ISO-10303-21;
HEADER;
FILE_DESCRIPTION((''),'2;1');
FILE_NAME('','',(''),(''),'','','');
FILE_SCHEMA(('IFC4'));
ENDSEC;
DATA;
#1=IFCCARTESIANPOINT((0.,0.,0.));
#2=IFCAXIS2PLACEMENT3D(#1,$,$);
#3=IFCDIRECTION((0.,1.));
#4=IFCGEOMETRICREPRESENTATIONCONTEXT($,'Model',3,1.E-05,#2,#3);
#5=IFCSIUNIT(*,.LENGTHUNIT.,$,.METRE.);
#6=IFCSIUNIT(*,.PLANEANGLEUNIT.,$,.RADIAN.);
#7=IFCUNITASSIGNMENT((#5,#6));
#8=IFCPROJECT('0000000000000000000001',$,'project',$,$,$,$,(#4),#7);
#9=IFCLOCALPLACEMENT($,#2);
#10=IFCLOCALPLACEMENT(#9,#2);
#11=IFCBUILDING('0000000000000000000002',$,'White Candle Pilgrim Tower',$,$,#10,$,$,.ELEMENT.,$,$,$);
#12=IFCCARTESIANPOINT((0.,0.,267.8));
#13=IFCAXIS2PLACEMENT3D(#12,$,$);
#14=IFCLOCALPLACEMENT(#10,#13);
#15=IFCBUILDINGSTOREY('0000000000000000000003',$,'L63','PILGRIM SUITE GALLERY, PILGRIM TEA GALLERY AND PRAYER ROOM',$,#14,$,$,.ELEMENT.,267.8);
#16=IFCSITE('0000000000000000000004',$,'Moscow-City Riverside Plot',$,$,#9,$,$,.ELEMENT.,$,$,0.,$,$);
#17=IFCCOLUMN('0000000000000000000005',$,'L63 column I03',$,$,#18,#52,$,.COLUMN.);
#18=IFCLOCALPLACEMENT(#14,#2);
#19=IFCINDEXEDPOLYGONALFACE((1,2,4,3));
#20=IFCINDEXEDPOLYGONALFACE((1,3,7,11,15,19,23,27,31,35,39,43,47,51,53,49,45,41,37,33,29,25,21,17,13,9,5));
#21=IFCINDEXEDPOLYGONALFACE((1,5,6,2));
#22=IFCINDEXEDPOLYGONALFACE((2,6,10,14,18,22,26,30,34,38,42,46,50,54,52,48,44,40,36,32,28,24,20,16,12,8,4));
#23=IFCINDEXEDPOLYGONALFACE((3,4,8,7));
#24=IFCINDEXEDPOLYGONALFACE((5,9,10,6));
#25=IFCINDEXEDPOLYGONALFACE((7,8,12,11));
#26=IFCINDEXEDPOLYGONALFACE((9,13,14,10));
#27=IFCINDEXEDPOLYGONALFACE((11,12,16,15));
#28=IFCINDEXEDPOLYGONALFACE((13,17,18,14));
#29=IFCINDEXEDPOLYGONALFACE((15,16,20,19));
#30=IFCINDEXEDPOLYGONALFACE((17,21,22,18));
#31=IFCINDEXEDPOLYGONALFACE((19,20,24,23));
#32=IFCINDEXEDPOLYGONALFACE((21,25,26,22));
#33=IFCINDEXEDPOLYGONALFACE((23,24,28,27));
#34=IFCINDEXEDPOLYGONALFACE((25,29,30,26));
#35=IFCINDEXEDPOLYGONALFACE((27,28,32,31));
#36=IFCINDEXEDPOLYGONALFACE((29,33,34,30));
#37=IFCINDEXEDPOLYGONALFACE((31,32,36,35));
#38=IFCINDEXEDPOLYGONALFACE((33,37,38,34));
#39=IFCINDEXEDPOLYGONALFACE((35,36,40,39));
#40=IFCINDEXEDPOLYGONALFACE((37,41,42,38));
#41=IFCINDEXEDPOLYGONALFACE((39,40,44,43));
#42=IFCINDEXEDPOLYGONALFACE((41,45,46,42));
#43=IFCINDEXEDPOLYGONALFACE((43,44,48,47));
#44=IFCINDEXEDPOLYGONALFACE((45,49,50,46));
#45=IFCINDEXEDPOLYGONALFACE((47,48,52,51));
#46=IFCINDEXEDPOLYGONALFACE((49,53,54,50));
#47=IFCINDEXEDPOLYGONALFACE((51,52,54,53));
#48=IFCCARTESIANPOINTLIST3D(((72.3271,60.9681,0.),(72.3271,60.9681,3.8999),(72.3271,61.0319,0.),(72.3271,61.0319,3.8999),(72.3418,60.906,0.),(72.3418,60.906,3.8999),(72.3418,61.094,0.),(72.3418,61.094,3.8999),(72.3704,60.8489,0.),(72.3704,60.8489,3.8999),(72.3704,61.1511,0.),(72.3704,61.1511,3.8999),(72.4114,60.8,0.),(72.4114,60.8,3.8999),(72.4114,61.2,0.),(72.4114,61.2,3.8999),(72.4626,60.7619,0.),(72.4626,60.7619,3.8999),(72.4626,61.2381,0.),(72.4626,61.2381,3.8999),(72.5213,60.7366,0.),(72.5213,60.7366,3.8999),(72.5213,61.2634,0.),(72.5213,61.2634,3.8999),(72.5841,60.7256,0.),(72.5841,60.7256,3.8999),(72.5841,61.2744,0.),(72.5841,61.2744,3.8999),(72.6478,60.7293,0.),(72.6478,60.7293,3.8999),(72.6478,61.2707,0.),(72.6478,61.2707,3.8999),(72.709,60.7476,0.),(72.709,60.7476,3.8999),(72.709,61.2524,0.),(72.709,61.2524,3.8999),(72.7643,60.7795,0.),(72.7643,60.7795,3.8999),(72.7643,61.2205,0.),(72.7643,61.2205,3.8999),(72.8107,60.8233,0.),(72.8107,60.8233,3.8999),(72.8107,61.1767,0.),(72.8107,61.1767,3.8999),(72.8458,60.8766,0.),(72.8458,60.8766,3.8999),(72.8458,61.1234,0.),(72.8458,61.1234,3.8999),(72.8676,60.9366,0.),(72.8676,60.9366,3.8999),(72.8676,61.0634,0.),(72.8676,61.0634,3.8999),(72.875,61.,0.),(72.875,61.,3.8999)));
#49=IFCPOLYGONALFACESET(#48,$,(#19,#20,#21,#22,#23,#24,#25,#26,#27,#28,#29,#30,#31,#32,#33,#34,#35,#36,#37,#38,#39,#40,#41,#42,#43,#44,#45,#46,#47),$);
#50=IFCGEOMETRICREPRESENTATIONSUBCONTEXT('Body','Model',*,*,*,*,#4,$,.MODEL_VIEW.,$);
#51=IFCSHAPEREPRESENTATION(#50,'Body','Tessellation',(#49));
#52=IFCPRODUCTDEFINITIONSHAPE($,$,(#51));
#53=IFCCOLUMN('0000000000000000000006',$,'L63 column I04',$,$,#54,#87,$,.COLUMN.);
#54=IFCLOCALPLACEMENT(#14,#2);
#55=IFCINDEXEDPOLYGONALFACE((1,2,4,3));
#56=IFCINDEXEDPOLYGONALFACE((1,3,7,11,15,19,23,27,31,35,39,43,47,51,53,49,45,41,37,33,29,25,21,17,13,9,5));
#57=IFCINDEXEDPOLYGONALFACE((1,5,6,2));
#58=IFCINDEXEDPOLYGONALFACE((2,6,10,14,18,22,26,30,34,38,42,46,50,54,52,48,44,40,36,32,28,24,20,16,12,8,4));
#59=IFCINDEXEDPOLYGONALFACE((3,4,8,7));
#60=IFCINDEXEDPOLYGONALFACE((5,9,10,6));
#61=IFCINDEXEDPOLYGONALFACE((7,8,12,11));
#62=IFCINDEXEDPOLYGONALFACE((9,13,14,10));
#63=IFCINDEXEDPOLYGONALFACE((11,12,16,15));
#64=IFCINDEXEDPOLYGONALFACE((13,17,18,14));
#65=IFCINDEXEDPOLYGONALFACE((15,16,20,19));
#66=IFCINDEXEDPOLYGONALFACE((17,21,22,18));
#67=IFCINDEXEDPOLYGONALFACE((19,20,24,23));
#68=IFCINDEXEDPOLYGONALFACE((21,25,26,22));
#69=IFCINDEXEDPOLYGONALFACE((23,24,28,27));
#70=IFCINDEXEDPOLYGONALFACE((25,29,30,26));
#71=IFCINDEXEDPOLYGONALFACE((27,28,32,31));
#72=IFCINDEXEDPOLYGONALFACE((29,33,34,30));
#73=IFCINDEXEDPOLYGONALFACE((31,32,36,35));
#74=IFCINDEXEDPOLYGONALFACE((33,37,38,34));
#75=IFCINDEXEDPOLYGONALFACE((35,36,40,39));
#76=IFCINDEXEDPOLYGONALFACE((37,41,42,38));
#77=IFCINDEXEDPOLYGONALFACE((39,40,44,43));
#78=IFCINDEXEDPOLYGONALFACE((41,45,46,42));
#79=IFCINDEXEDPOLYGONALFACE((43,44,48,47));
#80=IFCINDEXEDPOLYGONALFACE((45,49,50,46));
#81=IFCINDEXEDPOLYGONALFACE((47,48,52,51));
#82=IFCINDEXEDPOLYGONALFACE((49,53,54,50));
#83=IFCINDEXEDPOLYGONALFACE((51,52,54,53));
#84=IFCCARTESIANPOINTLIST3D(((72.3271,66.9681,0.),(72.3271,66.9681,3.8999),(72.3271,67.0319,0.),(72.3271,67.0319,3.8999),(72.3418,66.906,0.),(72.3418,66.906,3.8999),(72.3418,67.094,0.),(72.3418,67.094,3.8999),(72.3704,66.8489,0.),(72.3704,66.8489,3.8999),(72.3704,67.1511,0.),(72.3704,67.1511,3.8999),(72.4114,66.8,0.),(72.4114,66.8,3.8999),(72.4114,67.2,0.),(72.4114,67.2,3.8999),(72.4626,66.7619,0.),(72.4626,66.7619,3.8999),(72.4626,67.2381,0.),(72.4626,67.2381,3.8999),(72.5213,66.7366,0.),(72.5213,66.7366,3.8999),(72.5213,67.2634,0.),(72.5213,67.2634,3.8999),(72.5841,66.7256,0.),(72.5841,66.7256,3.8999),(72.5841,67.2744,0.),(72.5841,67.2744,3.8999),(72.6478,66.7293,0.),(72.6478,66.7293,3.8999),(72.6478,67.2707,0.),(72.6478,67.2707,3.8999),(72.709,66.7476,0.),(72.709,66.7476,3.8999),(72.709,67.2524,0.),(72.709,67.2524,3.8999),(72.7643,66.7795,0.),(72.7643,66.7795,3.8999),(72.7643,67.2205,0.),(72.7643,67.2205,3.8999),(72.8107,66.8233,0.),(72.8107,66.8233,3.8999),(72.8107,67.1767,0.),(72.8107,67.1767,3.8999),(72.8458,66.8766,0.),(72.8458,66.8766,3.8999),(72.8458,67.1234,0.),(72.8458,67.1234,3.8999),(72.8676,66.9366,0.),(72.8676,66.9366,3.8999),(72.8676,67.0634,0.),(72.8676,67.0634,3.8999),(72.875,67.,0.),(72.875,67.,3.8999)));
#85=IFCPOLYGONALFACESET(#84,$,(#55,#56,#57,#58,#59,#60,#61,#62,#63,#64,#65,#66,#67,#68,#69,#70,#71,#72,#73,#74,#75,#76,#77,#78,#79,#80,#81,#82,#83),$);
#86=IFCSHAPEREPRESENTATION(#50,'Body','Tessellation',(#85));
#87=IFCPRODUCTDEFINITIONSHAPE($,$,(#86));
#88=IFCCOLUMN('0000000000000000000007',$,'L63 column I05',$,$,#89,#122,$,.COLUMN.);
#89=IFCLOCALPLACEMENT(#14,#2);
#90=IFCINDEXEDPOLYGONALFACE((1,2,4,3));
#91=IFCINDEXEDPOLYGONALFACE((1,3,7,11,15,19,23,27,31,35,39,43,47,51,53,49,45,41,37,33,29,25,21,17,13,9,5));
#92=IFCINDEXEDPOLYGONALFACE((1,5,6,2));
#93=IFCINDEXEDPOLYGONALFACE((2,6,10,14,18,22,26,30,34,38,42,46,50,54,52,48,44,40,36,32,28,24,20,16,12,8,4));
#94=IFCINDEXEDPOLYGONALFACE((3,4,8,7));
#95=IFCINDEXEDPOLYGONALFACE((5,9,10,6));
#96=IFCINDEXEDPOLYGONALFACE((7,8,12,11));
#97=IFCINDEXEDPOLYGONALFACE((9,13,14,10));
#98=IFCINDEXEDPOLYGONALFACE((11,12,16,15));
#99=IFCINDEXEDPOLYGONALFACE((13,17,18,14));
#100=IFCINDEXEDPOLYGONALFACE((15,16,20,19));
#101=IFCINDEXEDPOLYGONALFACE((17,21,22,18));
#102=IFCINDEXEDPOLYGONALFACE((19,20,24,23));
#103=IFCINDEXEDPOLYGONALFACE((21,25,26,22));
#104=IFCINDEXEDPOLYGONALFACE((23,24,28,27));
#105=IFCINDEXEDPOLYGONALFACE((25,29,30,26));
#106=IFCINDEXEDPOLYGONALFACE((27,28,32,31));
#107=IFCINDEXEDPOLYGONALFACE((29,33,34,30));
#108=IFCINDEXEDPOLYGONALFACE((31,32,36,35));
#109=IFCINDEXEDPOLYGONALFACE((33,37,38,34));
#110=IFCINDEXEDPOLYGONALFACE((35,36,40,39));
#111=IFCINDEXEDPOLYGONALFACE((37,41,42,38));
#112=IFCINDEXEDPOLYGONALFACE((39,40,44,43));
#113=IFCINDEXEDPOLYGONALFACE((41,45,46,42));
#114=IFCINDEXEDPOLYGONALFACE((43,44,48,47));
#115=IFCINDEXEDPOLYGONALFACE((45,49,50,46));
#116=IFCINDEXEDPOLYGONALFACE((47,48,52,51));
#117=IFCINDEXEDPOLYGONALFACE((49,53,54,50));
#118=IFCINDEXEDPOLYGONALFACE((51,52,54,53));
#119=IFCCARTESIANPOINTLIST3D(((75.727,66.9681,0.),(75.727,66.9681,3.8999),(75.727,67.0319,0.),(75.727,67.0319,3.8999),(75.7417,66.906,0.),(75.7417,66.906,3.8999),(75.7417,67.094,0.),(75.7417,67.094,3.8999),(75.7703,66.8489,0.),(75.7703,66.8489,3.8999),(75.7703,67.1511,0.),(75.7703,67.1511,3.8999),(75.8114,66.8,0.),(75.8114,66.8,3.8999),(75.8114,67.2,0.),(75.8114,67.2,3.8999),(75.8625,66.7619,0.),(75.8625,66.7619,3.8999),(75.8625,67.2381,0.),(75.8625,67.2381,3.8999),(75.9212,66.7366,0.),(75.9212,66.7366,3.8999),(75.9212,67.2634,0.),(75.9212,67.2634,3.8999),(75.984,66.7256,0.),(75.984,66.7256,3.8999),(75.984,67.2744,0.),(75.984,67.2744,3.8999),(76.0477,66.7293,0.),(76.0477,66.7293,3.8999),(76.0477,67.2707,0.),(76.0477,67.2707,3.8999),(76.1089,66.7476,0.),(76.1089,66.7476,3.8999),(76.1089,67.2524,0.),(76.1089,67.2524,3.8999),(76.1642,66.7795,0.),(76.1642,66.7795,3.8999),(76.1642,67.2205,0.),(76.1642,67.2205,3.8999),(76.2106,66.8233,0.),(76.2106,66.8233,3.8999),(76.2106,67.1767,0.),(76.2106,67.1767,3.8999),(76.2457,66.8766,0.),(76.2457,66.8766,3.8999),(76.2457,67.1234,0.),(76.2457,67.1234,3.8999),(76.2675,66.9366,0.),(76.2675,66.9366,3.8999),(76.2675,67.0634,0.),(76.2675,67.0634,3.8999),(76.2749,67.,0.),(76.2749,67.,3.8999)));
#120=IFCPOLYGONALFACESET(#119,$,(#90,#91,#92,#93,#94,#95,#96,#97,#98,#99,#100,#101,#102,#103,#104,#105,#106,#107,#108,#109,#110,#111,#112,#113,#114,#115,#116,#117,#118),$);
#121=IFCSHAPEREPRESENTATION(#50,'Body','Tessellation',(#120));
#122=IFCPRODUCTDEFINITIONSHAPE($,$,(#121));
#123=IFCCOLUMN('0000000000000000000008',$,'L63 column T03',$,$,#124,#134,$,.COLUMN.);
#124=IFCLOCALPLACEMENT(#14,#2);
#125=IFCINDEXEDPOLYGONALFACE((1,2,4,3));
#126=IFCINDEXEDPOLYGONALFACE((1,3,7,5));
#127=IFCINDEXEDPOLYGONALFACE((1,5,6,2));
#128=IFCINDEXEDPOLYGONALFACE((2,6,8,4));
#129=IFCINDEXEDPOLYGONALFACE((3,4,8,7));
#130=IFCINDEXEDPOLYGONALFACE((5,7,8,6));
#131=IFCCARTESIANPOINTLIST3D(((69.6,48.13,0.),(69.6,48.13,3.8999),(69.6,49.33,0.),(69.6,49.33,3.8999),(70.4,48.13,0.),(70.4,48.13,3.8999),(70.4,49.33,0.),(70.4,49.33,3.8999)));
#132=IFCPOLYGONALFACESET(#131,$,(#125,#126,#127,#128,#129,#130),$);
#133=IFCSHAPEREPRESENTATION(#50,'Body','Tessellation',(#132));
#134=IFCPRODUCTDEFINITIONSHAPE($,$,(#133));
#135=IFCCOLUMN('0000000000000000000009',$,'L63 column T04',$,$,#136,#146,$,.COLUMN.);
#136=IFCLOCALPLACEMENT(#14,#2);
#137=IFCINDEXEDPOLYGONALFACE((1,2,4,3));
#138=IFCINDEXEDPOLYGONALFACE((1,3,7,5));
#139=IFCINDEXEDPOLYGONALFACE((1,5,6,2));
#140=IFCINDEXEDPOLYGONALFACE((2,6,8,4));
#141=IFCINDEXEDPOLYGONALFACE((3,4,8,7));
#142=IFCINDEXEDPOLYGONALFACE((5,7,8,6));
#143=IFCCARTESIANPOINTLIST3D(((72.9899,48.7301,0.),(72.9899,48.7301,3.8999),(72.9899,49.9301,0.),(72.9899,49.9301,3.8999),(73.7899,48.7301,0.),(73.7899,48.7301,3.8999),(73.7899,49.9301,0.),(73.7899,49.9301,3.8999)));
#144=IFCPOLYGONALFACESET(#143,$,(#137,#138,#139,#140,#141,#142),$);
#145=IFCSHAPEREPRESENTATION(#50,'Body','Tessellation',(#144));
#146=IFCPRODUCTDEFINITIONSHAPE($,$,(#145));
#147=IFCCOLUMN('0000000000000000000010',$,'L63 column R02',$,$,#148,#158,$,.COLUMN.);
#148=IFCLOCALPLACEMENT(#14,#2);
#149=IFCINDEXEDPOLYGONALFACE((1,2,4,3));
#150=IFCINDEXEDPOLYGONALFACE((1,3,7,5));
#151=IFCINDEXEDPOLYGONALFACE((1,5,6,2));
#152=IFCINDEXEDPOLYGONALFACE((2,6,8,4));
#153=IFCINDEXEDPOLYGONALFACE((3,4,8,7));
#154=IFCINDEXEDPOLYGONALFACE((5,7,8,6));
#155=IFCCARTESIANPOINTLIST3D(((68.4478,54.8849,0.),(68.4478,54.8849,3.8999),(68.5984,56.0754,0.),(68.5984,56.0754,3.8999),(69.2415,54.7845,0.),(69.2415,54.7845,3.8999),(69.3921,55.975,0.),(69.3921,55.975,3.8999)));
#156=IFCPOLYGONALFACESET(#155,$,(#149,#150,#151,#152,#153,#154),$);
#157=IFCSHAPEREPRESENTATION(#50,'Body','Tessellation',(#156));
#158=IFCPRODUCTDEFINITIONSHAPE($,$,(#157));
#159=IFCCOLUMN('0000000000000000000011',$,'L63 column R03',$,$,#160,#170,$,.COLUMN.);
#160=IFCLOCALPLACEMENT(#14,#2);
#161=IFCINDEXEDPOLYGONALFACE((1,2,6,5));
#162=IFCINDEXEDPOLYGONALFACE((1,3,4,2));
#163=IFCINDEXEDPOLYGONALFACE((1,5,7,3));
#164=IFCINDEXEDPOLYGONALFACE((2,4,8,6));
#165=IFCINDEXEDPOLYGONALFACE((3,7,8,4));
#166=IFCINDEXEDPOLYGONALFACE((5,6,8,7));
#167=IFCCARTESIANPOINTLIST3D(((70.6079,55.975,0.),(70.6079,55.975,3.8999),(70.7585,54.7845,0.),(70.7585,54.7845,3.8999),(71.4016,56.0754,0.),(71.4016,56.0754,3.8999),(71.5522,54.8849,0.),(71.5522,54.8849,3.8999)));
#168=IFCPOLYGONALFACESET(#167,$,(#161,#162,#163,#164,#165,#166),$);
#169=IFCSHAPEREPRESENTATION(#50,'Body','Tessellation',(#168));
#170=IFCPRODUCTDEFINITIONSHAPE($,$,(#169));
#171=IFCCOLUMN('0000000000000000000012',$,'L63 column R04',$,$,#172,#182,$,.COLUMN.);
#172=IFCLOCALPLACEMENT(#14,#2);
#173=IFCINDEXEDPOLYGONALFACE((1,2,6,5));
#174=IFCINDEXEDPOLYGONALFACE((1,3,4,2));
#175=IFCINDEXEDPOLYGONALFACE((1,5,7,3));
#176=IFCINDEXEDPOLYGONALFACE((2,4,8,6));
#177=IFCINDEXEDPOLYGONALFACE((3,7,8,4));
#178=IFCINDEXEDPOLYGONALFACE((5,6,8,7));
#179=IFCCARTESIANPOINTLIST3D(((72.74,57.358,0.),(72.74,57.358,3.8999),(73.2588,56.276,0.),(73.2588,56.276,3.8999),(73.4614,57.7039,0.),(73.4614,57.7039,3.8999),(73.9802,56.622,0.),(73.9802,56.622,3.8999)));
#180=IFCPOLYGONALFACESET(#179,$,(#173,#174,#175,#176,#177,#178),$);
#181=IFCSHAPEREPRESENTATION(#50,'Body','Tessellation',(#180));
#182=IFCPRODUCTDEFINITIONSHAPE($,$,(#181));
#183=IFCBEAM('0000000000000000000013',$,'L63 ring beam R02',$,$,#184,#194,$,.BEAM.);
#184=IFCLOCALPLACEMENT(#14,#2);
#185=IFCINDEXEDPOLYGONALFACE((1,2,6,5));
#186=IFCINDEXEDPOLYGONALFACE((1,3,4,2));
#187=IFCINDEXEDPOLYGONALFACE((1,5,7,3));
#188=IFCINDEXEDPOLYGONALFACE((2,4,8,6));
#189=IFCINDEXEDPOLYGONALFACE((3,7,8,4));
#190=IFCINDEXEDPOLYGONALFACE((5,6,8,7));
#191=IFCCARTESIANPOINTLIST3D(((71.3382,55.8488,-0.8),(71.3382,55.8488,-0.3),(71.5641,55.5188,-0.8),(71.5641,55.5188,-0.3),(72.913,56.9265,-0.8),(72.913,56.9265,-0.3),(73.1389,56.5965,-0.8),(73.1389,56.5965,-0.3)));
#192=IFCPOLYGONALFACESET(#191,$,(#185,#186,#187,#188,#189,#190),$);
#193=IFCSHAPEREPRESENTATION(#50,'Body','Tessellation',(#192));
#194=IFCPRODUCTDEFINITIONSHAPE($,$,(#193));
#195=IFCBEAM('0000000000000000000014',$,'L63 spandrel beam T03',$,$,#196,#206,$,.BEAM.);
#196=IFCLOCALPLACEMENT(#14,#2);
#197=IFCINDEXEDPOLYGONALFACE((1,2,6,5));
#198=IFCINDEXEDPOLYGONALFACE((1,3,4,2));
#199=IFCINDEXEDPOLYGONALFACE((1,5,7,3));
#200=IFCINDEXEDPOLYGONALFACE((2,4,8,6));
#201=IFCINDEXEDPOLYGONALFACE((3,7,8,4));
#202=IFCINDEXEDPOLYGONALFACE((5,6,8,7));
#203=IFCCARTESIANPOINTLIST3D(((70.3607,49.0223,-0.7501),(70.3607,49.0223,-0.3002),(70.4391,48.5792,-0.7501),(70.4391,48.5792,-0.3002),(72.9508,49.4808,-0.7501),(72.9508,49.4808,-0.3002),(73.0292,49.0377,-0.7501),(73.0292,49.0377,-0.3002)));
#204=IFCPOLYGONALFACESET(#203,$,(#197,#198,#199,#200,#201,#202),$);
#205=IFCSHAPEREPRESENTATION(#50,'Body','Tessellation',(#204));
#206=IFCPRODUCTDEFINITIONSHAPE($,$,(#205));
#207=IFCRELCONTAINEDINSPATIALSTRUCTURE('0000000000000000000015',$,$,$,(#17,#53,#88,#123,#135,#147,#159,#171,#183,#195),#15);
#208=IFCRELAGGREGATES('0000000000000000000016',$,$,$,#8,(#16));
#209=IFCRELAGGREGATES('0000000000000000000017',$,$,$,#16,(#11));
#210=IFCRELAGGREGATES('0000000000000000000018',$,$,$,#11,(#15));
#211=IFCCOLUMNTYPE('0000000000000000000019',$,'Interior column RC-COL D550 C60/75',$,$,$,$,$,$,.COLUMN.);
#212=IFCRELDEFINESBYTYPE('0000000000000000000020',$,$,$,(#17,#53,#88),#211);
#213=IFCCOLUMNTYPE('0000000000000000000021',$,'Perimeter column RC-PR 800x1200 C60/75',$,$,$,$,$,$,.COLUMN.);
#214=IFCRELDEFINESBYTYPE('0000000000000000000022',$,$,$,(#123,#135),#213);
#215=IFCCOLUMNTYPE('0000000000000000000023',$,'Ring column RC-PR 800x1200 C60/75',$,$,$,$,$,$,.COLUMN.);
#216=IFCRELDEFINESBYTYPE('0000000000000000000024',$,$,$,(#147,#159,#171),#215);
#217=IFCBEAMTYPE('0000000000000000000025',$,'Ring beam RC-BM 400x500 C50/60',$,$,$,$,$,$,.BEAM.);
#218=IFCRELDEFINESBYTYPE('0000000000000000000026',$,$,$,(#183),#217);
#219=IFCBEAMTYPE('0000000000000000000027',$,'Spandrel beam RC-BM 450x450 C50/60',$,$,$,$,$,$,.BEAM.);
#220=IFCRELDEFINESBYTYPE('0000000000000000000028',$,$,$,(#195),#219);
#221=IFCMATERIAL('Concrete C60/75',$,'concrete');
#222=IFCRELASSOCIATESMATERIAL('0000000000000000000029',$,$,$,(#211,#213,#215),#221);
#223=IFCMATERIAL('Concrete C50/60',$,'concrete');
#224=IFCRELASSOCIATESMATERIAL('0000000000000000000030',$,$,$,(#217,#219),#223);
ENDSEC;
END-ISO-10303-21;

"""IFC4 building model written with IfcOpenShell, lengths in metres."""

from ifc_helpers import new_model, si_unit, direction, frame, origin, origin_2d, place, context, subcontext, project, spatial, rectangle, circle, extrude, material, material_profile, profile_set, type_object, element, save


model = new_model("IFC4")

# Units and contexts
model_context = context("Model", 3, precision=1e-05, world=origin(), true_north=direction((0.0, 1.0)))
body_context = subcontext(model_context, "Body", "Model", "MODEL_VIEW")
ifc_project = project(units=[si_unit("LENGTHUNIT", "METRE"), si_unit("PLANEANGLEUNIT", "RADIAN")], contexts=[model_context])

# Site, building, storey
site_placement = place(None, origin())
site = spatial("IfcSite", under=ifc_project, at=site_placement, Name="Moscow-City Riverside Plot", CompositionType="ELEMENT", RefElevation=0.0)
building_placement = place(site_placement, origin())
building = spatial("IfcBuilding", under=site, at=building_placement, Name="White Candle Pilgrim Tower", CompositionType="ELEMENT")
storey_placement = place(building_placement, frame((0.0, 0.0, 267.8)))
storey = spatial("IfcBuildingStorey", under=building, at=storey_placement, Name="L63", Description="PILGRIM SUITE GALLERY, PILGRIM TEA GALLERY AND PRAYER ROOM", CompositionType="ELEMENT", Elevation=267.8)

# Columns
ifc_material_1 = material(Name="Concrete C60/75", Category="concrete")
ifc_material_profile_1 = material_profile(ifc_material_1, circle(Radius=0.2749, at=origin_2d()), Name="RC-COL D550")
ifc_profile_set_1 = profile_set([ifc_material_profile_1], Name="Concrete C60/75")
column_type_1 = type_object("IfcColumnType", Name="Interior column RC-COL D550 C60/75", PredefinedType="COLUMN", material=ifc_profile_set_1)
for number, where, z_axis, x_axis, name in (
    (1, (72.6001, 61.0, 0.0), (0.0, 0.0, 1.0), (1.0, 0.0, 0.0), "L63 column I03"),
    (2, (72.6001, 67.0, 0.0), (0.0, 0.0, 1.0), (1.0, 0.0, 0.0), "L63 column I04"),
    (3, (76.0, 67.0, 0.0), (0.0, 0.0, 1.0), (1.0, 0.0, 0.0), "L63 column I05"),
):
    element("IfcColumn", number, at=place(storey_placement, frame(where, z_axis=z_axis, x_axis=x_axis)), inside=storey, type_object=column_type_1, Name=name, PredefinedType="COLUMN", context=body_context, shape_type="SweptSolid", body=[
        extrude(circle(Radius=0.2749, at=origin_2d()), origin(), (0.0, 0.0, 1.0), 3.8999),
    ])
ifc_material_profile_2 = material_profile(ifc_material_1, rectangle(XDim=0.8, YDim=1.2, at=origin_2d()), Name="RC-PR 800x1200")
ifc_profile_set_2 = profile_set([ifc_material_profile_2], Name="Concrete C60/75")
column_type_2 = type_object("IfcColumnType", Name="Perimeter column RC-PR 800x1200 C60/75", PredefinedType="COLUMN", material=ifc_profile_set_2)
for number, where, z_axis, x_axis, name in (
    (4, (70.0, 48.73, 0.0), (0.0, 0.0, 1.0), (-1.0, 0.0, 0.0), "L63 column T03"),
    (5, (73.3899, 49.3301, 0.0), (0.0, 0.0, 1.0), (-1.0, 0.0, 0.0), "L63 column T04"),
):
    element("IfcColumn", number, at=place(storey_placement, frame(where, z_axis=z_axis, x_axis=x_axis)), inside=storey, type_object=column_type_2, Name=name, PredefinedType="COLUMN", context=body_context, shape_type="SweptSolid", body=[
        extrude(rectangle(XDim=0.8, YDim=1.2, at=origin_2d()), origin(), (0.0, 0.0, 1.0), 3.8999),
    ])
ifc_material_profile_3 = material_profile(ifc_material_1, rectangle(XDim=0.8, YDim=1.2, at=origin_2d()), Name="RC-PR 800x1200")
ifc_profile_set_3 = profile_set([ifc_material_profile_3], Name="Concrete C60/75")
column_type_3 = type_object("IfcColumnType", Name="Ring column RC-PR 800x1200 C60/75", PredefinedType="COLUMN", material=ifc_profile_set_3)
for number, where, z_axis, x_axis, name in (
    (6, (68.9199, 55.4299, 0.0), (0.0, 0.0, 1.0), (-0.992093, 0.125506, 0.0), "L63 column R02"),
    (7, (71.0801, 55.4299, 0.0), (0.0, 0.0, 1.0), (-0.992093, -0.125506, 0.0), "L63 column R03"),
    (8, (73.3601, 56.99, 0.0), (0.0, 0.0, 1.0), (-0.901689, -0.432385, 0.0), "L63 column R04"),
):
    element("IfcColumn", number, at=place(storey_placement, frame(where, z_axis=z_axis, x_axis=x_axis)), inside=storey, type_object=column_type_3, Name=name, PredefinedType="COLUMN", context=body_context, shape_type="SweptSolid", body=[
        extrude(rectangle(XDim=0.8, YDim=1.2, at=origin_2d()), origin(), (0.0, 0.0, 1.0), 3.8999),
    ])

# Beams
ifc_material_2 = material(Name="Concrete C50/60", Category="concrete")
ifc_material_profile_4 = material_profile(ifc_material_2, rectangle(XDim=0.3999, YDim=0.5, at=origin_2d()), Name="RC-BM 400x500")
ifc_profile_set_4 = profile_set([ifc_material_profile_4], Name="Concrete C50/60")
beam_type_1 = type_object("IfcBeamType", Name="Ring beam RC-BM 400x500 C50/60", PredefinedType="BEAM", material=ifc_profile_set_4)
beam_1_placement = place(storey_placement, frame((71.4512, 55.6838, -0.55), z_axis=(0.825257, 0.564757, 0.0), x_axis=(-0.564757, 0.825257, 0.0)))
element("IfcBeam", 9, at=beam_1_placement, inside=storey, type_object=beam_type_1, Name="L63 ring beam R02", PredefinedType="BEAM", context=body_context, shape_type="SweptSolid", body=[
    extrude(rectangle(XDim=0.3999, YDim=0.5, at=origin_2d()), origin(), (0.0, 0.0, 1.0), 1.9082),
])
ifc_material_profile_5 = material_profile(ifc_material_2, rectangle(XDim=0.45, YDim=0.45, at=origin_2d()), Name="RC-BM 450x450")
ifc_profile_set_5 = profile_set([ifc_material_profile_5], Name="Concrete C50/60")
beam_type_2 = type_object("IfcBeamType", Name="Spandrel beam RC-BM 450x450 C50/60", PredefinedType="BEAM", material=ifc_profile_set_5)
beam_2_placement = place(storey_placement, frame((70.3999, 48.8008, -0.5251), z_axis=(0.984691, 0.17431, 0.0), x_axis=(-0.17431, 0.984691, 0.0)))
element("IfcBeam", 10, at=beam_2_placement, inside=storey, type_object=beam_type_2, Name="L63 spandrel beam T03", PredefinedType="BEAM", context=body_context, shape_type="SweptSolid", body=[
    extrude(rectangle(XDim=0.45, YDim=0.45, at=origin_2d()), origin(), (0.0, 0.0, 1.0), 2.6304),
])

save(model, "model.ifc")
